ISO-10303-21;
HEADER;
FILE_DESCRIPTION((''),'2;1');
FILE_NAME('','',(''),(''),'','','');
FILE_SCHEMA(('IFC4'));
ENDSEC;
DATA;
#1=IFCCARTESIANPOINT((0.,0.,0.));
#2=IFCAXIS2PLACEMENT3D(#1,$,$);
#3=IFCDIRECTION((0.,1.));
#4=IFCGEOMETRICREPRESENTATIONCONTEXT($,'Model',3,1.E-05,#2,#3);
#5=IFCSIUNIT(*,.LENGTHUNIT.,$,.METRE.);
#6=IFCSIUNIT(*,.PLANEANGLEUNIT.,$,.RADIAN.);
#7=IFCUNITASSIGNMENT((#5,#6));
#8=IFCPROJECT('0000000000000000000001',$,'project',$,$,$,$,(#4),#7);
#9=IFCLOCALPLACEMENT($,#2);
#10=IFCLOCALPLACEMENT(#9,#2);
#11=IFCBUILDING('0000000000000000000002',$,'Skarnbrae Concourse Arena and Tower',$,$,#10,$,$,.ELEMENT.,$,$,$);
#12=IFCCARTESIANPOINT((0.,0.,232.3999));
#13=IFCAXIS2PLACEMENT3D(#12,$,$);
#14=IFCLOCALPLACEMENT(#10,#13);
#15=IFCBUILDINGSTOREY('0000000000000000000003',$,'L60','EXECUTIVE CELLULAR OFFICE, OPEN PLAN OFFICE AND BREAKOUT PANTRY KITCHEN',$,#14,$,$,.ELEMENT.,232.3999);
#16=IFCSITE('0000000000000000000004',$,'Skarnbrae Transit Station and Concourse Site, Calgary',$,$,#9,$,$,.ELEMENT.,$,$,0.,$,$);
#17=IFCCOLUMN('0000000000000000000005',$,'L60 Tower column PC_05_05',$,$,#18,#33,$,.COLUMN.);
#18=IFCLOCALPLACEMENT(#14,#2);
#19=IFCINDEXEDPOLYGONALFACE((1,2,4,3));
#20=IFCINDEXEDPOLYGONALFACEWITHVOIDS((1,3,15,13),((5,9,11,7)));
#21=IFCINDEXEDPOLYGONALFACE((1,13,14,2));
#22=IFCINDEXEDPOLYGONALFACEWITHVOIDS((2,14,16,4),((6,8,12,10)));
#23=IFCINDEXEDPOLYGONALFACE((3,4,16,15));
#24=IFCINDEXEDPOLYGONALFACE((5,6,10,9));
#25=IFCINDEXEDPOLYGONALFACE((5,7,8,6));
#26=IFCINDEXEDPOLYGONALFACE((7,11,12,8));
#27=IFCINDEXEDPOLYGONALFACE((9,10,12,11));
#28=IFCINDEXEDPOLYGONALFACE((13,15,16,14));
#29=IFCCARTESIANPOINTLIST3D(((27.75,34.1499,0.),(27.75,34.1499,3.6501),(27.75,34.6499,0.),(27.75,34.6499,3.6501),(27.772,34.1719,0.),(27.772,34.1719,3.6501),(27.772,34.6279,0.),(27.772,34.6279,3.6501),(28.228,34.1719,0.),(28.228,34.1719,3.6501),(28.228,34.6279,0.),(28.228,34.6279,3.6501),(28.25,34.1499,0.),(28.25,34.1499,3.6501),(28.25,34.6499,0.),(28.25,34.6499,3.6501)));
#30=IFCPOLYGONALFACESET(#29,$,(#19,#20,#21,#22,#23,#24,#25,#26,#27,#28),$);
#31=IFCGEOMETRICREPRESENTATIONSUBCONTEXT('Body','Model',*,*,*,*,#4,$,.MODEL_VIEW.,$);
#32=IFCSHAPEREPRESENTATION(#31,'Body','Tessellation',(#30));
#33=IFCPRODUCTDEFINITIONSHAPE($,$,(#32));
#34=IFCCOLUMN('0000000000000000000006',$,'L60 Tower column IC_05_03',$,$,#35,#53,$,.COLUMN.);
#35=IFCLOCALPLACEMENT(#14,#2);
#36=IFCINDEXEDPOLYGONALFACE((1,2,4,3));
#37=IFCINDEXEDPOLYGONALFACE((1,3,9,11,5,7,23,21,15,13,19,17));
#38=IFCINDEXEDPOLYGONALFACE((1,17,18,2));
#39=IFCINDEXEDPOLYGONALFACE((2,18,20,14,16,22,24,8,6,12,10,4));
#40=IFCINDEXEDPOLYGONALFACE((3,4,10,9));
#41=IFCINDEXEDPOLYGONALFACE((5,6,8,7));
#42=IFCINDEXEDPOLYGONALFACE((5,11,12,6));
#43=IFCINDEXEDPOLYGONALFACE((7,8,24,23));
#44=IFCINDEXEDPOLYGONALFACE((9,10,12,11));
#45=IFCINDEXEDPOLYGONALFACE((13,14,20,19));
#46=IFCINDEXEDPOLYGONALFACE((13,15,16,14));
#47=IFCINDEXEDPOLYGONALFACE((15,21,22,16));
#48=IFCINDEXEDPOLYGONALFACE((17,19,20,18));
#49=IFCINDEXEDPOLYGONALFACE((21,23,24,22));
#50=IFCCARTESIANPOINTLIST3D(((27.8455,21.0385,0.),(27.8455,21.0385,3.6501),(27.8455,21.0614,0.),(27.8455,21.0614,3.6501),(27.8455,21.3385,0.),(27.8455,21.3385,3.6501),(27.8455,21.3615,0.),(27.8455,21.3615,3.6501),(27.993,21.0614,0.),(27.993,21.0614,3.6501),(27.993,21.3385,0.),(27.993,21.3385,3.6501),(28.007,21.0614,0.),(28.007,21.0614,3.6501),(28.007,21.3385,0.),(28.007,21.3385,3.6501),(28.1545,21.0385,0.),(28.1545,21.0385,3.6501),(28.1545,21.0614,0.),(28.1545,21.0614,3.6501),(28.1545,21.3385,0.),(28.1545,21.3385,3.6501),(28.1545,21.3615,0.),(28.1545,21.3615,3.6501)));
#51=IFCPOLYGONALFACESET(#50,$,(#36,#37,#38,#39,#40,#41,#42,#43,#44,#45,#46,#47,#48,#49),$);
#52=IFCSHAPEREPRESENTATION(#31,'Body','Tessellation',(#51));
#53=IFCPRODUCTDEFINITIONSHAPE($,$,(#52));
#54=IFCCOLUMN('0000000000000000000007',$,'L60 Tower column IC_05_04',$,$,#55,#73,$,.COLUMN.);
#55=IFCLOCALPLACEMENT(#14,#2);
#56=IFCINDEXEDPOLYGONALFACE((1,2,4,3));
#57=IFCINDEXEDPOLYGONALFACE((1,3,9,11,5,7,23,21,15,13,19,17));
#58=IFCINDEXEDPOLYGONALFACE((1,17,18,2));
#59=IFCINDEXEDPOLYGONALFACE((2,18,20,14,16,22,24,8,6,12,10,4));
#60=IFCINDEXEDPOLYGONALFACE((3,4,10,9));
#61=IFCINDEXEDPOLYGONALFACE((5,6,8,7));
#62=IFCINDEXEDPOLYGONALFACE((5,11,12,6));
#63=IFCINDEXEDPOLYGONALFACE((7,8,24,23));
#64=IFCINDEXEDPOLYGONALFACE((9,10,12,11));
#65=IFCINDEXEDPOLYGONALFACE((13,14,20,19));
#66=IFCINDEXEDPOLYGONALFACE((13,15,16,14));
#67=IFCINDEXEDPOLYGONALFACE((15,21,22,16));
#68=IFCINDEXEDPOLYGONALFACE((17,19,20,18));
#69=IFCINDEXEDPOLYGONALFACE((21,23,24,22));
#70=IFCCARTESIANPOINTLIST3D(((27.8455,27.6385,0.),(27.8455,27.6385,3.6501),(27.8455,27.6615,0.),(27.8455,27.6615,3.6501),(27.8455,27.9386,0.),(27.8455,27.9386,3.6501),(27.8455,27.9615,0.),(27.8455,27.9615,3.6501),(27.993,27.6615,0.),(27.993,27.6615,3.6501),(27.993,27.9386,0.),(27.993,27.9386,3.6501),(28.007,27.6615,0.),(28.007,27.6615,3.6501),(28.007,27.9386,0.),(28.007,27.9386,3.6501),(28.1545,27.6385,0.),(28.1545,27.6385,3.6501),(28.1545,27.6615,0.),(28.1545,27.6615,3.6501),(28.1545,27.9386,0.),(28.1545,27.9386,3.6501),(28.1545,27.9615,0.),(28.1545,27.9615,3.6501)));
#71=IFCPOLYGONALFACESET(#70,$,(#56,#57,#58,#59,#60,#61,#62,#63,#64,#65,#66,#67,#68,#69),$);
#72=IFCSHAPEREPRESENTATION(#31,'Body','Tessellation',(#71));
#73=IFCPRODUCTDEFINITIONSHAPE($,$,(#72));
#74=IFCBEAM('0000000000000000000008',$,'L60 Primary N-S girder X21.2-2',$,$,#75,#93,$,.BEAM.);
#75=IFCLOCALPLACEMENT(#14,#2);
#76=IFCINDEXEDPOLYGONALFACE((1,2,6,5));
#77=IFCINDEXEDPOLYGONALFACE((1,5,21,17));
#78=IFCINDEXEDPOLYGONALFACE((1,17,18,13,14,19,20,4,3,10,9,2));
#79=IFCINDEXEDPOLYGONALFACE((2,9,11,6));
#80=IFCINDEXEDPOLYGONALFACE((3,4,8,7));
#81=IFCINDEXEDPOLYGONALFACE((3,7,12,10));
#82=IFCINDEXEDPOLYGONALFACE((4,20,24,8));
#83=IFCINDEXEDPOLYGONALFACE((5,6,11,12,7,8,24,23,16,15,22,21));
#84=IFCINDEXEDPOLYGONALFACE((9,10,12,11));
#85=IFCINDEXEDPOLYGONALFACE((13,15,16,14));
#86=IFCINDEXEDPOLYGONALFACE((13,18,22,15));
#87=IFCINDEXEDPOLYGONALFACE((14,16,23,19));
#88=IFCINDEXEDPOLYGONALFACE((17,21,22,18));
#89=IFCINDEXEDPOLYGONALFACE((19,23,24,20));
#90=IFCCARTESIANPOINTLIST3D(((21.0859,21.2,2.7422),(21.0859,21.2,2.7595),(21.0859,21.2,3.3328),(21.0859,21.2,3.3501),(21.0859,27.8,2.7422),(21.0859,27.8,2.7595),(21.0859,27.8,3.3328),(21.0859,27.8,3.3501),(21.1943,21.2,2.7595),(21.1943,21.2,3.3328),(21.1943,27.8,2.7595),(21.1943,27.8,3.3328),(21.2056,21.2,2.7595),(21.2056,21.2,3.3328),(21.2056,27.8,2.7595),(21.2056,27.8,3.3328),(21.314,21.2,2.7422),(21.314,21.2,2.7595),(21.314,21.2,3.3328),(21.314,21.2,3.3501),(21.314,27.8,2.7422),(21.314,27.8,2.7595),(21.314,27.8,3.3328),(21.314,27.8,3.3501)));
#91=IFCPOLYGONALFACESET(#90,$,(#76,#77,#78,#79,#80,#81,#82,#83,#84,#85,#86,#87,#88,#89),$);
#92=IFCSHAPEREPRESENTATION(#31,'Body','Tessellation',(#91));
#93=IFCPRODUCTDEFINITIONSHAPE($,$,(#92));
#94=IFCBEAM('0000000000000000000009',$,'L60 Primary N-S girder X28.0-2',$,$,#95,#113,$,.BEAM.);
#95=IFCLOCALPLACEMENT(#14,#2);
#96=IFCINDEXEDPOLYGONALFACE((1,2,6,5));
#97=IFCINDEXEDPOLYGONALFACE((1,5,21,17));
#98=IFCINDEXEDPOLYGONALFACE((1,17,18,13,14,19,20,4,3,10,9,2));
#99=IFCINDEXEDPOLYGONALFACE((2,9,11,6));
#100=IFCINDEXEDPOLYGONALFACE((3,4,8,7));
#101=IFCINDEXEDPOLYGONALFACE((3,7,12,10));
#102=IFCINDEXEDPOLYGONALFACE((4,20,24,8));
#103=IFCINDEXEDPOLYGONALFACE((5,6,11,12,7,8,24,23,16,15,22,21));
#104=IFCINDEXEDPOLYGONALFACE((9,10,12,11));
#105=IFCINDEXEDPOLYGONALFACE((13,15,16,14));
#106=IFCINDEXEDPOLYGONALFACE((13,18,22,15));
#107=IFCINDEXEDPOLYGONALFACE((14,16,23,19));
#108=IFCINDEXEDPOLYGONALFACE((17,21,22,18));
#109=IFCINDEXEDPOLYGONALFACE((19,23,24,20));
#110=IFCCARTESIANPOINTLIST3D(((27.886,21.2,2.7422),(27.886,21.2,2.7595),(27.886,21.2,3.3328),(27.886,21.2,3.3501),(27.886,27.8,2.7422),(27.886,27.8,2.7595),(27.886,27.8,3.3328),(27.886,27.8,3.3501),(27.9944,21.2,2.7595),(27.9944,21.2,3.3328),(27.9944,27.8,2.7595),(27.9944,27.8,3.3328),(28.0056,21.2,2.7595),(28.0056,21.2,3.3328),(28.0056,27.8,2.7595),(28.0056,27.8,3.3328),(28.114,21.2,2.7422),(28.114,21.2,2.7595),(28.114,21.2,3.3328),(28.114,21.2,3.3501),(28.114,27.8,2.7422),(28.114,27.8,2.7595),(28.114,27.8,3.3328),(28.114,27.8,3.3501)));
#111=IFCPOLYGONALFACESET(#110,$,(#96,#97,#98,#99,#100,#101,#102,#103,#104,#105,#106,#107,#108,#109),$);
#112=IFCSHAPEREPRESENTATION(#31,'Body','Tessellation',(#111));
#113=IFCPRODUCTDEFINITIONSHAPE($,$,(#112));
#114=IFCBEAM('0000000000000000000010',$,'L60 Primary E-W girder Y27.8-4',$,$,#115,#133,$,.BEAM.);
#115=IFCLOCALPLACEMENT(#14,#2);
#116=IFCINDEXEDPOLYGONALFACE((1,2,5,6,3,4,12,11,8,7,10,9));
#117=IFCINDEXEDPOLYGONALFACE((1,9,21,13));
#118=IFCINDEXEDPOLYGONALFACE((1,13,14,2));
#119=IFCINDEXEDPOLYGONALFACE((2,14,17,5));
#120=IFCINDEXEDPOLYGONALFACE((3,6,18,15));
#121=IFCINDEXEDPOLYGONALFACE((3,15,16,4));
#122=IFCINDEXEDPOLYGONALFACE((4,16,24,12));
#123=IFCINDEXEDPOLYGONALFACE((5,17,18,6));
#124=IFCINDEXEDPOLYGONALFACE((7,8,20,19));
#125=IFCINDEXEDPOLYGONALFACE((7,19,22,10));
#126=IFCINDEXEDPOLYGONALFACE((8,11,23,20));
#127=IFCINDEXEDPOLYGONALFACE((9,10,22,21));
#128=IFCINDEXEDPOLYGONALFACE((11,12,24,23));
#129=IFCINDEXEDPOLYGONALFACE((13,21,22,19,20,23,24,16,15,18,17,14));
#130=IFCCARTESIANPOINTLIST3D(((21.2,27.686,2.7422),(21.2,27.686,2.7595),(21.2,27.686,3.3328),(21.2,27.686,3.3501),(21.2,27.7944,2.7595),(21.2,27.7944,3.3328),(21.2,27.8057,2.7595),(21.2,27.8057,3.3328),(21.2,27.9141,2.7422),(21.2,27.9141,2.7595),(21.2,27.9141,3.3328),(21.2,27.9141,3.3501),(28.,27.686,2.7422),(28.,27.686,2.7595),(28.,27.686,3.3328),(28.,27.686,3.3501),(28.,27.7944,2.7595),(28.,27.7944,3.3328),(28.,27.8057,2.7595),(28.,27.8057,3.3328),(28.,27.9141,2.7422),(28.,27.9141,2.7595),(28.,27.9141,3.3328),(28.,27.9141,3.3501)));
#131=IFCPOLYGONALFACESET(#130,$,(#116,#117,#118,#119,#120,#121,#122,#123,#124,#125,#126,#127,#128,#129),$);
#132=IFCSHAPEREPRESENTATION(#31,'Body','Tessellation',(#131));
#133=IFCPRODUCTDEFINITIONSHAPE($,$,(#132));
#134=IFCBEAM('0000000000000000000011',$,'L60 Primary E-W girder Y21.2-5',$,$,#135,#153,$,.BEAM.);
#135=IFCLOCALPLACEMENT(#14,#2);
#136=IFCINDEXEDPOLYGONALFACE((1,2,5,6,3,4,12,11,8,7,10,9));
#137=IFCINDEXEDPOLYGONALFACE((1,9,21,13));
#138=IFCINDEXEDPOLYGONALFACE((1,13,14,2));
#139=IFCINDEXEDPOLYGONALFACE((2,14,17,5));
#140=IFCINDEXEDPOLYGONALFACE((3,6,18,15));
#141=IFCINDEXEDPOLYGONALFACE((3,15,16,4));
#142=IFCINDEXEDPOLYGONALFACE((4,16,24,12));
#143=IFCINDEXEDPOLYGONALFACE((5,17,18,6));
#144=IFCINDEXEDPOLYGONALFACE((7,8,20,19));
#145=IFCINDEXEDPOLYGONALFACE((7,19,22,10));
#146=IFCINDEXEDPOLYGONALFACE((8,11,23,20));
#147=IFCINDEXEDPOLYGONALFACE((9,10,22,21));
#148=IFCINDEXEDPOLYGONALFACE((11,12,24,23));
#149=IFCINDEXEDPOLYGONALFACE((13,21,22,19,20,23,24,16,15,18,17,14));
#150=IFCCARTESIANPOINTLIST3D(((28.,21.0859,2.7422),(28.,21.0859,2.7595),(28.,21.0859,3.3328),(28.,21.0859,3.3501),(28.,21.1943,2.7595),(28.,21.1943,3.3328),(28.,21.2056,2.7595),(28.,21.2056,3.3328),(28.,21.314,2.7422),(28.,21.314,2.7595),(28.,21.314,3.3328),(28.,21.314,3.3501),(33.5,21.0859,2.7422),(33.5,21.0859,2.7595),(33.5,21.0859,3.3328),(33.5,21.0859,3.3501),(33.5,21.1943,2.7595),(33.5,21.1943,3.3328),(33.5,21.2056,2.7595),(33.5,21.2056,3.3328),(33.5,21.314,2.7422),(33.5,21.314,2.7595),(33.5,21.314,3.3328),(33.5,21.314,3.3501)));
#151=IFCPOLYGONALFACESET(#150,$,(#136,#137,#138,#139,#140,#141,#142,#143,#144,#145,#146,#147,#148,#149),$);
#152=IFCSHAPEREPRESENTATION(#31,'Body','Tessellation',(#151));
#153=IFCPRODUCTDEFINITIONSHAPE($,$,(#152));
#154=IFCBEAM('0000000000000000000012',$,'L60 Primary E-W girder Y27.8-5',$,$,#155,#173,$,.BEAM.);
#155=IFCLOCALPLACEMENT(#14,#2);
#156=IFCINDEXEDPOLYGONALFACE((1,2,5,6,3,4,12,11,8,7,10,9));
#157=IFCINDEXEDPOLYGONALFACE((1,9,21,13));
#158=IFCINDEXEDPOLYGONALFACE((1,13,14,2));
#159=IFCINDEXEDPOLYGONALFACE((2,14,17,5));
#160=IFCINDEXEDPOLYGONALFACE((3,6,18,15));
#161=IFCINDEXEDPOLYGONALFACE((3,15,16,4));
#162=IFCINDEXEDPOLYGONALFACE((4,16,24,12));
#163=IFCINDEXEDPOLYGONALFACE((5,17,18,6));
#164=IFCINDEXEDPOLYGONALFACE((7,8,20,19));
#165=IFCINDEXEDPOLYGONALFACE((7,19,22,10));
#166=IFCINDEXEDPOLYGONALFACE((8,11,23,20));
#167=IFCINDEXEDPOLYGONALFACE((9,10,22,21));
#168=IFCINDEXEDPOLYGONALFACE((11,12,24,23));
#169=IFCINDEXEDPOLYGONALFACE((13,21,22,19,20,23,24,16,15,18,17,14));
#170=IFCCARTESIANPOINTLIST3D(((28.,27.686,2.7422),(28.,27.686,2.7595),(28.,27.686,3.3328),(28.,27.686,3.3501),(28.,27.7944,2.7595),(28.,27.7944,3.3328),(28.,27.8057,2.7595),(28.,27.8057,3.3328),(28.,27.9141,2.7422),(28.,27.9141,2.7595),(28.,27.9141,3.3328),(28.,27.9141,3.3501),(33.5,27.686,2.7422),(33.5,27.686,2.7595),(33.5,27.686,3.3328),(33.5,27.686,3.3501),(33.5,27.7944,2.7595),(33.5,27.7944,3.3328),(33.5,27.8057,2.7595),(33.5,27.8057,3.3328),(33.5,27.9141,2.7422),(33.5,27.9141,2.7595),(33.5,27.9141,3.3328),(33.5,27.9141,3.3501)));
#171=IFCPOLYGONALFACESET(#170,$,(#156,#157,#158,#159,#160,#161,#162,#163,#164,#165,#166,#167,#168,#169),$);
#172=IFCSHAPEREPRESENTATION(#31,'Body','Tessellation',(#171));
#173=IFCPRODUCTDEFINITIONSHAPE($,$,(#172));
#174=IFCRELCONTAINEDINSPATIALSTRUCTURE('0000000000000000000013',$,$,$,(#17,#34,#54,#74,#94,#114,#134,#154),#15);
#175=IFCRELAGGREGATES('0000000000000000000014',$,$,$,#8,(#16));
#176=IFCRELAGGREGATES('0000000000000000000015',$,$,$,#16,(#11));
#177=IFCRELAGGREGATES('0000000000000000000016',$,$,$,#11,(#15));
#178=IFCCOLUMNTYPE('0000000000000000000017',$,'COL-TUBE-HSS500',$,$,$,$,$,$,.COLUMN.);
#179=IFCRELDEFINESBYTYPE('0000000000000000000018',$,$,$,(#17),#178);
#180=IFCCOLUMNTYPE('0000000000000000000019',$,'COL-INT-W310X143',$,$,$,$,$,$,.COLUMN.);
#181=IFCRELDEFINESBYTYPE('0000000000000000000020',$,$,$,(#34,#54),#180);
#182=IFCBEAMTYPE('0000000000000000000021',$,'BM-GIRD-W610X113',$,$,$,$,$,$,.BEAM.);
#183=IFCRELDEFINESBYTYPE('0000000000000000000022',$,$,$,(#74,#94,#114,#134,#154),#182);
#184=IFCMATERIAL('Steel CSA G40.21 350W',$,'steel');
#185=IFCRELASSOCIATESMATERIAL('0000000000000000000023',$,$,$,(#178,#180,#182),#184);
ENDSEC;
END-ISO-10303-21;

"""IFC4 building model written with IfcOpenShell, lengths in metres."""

from ifc_helpers import new_model, si_unit, direction, frame, origin, origin_2d, place, context, subcontext, project, spatial, hollow_rectangle, i_section, extrude, source, transform, mapped, material, material_profile, profile_set, type_object, element, save


model = new_model("IFC4")

# Units and contexts
model_context = context("Model", 3, precision=1e-05, world=origin(), true_north=direction((0.0, 1.0)))
body_context = subcontext(model_context, "Body", "Model", "MODEL_VIEW")
ifc_project = project(units=[si_unit("LENGTHUNIT", "METRE"), si_unit("PLANEANGLEUNIT", "RADIAN")], contexts=[model_context])

# Site, building, storey
site_placement = place(None, origin())
site = spatial("IfcSite", under=ifc_project, at=site_placement, Name="Skarnbrae Transit Station and Concourse Site, Calgary", CompositionType="ELEMENT", RefElevation=0.0)
building_placement = place(site_placement, origin())
building = spatial("IfcBuilding", under=site, at=building_placement, Name="Skarnbrae Concourse Arena and Tower", CompositionType="ELEMENT")
storey_placement = place(building_placement, frame((0.0, 0.0, 232.3999)))
storey = spatial("IfcBuildingStorey", under=building, at=storey_placement, Name="L60", Description="EXECUTIVE CELLULAR OFFICE, OPEN PLAN OFFICE AND BREAKOUT PANTRY KITCHEN", CompositionType="ELEMENT", Elevation=232.3999)

# Columns
ifc_material_1 = material(Name="Steel CSA G40.21 350W", Category="steel")
ifc_material_profile_1 = material_profile(ifc_material_1, hollow_rectangle(XDim=0.5, YDim=0.5, WallThickness=0.022, at=origin_2d()), Name="HSS500X500X22.0")
ifc_profile_set_1 = profile_set([ifc_material_profile_1], Name="Steel CSA G40.21 350W")
column_type_1 = type_object("IfcColumnType", Name="COL-TUBE-HSS500", PredefinedType="COLUMN", material=ifc_profile_set_1)
shared_shape_1 = source(origin(), body_context, "Body", "SweptSolid", [
    extrude(hollow_rectangle(XDim=0.5, YDim=0.5, WallThickness=0.022, at=origin_2d()), origin(), (0.0, 0.0, 1.0), 3.6501),
])
column_placement = place(storey_placement, frame((28.0, 34.3999, 0.0), z_axis=(0.0, 0.0, 1.0), x_axis=(1.0, 0.0, 0.0)))
element("IfcColumn", 1, at=column_placement, inside=storey, type_object=column_type_1, Name="L60 Tower column PC_05_05", PredefinedType="COLUMN", context=body_context, shape_type="MappedRepresentation", body=[
    mapped(shared_shape_1, transform((0.0, 0.0, 0.0))),
])
ifc_material_profile_2 = material_profile(ifc_material_1, i_section(OverallWidth=0.3091, OverallDepth=0.323, WebThickness=0.0139, FlangeThickness=0.0229, at=origin_2d()), Name="W310X143")
ifc_profile_set_2 = profile_set([ifc_material_profile_2], Name="Steel CSA G40.21 350W")
column_type_2 = type_object("IfcColumnType", Name="COL-INT-W310X143", PredefinedType="COLUMN", material=ifc_profile_set_2)
shared_shape_2 = source(origin(), body_context, "Body", "SweptSolid", [
    extrude(i_section(OverallWidth=0.3091, OverallDepth=0.323, WebThickness=0.0139, FlangeThickness=0.0229, at=origin_2d()), origin(), (0.0, 0.0, 1.0), 3.6501),
])
for number, where, z_axis, x_axis, name in (
    (2, (28.0, 21.2, 0.0), (0.0, 0.0, 1.0), (1.0, 0.0, 0.0), "L60 Tower column IC_05_03"),
    (3, (28.0, 27.8, 0.0), (0.0, 0.0, 1.0), (1.0, 0.0, 0.0), "L60 Tower column IC_05_04"),
):
    element("IfcColumn", number, at=place(storey_placement, frame(where, z_axis=z_axis, x_axis=x_axis)), inside=storey, type_object=column_type_2, Name=name, PredefinedType="COLUMN", context=body_context, shape_type="MappedRepresentation", body=[
        mapped(shared_shape_2, transform((0.0, 0.0, 0.0))),
    ])

# Beams
ifc_material_profile_3 = material_profile(ifc_material_1, i_section(OverallWidth=0.228, OverallDepth=0.6079, WebThickness=0.0112, FlangeThickness=0.0173, at=origin_2d()), Name="W610X113")
ifc_profile_set_3 = profile_set([ifc_material_profile_3], Name="Steel CSA G40.21 350W")
beam_type_1 = type_object("IfcBeamType", Name="BM-GIRD-W610X113", PredefinedType="BEAM", material=ifc_profile_set_3)
shared_shape_3 = source(origin(), body_context, "Body", "SweptSolid", [
    extrude(i_section(OverallWidth=0.228, OverallDepth=0.6079, WebThickness=0.0112, FlangeThickness=0.0173, at=origin_2d()), origin(), (0.0, 0.0, 1.0), 6.6001),
])
for number, where, z_axis, x_axis, name in (
    (4, (21.2, 21.2, 3.0461), (0.0, 1.0, 0.0), (-1.0, 0.0, 0.0), "L60 Primary N-S girder X21.2-2"),
    (5, (28.0, 21.2, 3.0461), (0.0, 1.0, 0.0), (-1.0, 0.0, 0.0), "L60 Primary N-S girder X28.0-2"),
):
    element("IfcBeam", number, at=place(storey_placement, frame(where, z_axis=z_axis, x_axis=x_axis)), inside=storey, type_object=beam_type_1, Name=name, PredefinedType="BEAM", context=body_context, shape_type="MappedRepresentation", body=[
        mapped(shared_shape_3, transform((0.0, 0.0, 0.0))),
    ])
shared_shape_4 = source(origin(), body_context, "Body", "SweptSolid", [
    extrude(i_section(OverallWidth=0.228, OverallDepth=0.6079, WebThickness=0.0112, FlangeThickness=0.0173, at=origin_2d()), origin(), (0.0, 0.0, 1.0), 6.8),
])
beam_1_placement = place(storey_placement, frame((21.2, 27.8, 3.0461), z_axis=(1.0, 0.0, 0.0), x_axis=(0.0, 1.0, 0.0)))
element("IfcBeam", 6, at=beam_1_placement, inside=storey, type_object=beam_type_1, Name="L60 Primary E-W girder Y27.8-4", PredefinedType="BEAM", context=body_context, shape_type="MappedRepresentation", body=[
    mapped(shared_shape_4, transform((0.0, 0.0, 0.0))),
])
shared_shape_5 = source(origin(), body_context, "Body", "SweptSolid", [
    extrude(i_section(OverallWidth=0.228, OverallDepth=0.6079, WebThickness=0.0112, FlangeThickness=0.0173, at=origin_2d()), origin(), (0.0, 0.0, 1.0), 5.5),
])
for number, where, z_axis, x_axis, name in (
    (7, (28.0, 21.2, 3.0461), (1.0, 0.0, 0.0), (0.0, 1.0, 0.0), "L60 Primary E-W girder Y21.2-5"),
    (8, (28.0, 27.8, 3.0461), (1.0, 0.0, 0.0), (0.0, 1.0, 0.0), "L60 Primary E-W girder Y27.8-5"),
):
    element("IfcBeam", number, at=place(storey_placement, frame(where, z_axis=z_axis, x_axis=x_axis)), inside=storey, type_object=beam_type_1, Name=name, PredefinedType="BEAM", context=body_context, shape_type="MappedRepresentation", body=[
        mapped(shared_shape_5, transform((0.0, 0.0, 0.0))),
    ])

save(model, "model.ifc")
